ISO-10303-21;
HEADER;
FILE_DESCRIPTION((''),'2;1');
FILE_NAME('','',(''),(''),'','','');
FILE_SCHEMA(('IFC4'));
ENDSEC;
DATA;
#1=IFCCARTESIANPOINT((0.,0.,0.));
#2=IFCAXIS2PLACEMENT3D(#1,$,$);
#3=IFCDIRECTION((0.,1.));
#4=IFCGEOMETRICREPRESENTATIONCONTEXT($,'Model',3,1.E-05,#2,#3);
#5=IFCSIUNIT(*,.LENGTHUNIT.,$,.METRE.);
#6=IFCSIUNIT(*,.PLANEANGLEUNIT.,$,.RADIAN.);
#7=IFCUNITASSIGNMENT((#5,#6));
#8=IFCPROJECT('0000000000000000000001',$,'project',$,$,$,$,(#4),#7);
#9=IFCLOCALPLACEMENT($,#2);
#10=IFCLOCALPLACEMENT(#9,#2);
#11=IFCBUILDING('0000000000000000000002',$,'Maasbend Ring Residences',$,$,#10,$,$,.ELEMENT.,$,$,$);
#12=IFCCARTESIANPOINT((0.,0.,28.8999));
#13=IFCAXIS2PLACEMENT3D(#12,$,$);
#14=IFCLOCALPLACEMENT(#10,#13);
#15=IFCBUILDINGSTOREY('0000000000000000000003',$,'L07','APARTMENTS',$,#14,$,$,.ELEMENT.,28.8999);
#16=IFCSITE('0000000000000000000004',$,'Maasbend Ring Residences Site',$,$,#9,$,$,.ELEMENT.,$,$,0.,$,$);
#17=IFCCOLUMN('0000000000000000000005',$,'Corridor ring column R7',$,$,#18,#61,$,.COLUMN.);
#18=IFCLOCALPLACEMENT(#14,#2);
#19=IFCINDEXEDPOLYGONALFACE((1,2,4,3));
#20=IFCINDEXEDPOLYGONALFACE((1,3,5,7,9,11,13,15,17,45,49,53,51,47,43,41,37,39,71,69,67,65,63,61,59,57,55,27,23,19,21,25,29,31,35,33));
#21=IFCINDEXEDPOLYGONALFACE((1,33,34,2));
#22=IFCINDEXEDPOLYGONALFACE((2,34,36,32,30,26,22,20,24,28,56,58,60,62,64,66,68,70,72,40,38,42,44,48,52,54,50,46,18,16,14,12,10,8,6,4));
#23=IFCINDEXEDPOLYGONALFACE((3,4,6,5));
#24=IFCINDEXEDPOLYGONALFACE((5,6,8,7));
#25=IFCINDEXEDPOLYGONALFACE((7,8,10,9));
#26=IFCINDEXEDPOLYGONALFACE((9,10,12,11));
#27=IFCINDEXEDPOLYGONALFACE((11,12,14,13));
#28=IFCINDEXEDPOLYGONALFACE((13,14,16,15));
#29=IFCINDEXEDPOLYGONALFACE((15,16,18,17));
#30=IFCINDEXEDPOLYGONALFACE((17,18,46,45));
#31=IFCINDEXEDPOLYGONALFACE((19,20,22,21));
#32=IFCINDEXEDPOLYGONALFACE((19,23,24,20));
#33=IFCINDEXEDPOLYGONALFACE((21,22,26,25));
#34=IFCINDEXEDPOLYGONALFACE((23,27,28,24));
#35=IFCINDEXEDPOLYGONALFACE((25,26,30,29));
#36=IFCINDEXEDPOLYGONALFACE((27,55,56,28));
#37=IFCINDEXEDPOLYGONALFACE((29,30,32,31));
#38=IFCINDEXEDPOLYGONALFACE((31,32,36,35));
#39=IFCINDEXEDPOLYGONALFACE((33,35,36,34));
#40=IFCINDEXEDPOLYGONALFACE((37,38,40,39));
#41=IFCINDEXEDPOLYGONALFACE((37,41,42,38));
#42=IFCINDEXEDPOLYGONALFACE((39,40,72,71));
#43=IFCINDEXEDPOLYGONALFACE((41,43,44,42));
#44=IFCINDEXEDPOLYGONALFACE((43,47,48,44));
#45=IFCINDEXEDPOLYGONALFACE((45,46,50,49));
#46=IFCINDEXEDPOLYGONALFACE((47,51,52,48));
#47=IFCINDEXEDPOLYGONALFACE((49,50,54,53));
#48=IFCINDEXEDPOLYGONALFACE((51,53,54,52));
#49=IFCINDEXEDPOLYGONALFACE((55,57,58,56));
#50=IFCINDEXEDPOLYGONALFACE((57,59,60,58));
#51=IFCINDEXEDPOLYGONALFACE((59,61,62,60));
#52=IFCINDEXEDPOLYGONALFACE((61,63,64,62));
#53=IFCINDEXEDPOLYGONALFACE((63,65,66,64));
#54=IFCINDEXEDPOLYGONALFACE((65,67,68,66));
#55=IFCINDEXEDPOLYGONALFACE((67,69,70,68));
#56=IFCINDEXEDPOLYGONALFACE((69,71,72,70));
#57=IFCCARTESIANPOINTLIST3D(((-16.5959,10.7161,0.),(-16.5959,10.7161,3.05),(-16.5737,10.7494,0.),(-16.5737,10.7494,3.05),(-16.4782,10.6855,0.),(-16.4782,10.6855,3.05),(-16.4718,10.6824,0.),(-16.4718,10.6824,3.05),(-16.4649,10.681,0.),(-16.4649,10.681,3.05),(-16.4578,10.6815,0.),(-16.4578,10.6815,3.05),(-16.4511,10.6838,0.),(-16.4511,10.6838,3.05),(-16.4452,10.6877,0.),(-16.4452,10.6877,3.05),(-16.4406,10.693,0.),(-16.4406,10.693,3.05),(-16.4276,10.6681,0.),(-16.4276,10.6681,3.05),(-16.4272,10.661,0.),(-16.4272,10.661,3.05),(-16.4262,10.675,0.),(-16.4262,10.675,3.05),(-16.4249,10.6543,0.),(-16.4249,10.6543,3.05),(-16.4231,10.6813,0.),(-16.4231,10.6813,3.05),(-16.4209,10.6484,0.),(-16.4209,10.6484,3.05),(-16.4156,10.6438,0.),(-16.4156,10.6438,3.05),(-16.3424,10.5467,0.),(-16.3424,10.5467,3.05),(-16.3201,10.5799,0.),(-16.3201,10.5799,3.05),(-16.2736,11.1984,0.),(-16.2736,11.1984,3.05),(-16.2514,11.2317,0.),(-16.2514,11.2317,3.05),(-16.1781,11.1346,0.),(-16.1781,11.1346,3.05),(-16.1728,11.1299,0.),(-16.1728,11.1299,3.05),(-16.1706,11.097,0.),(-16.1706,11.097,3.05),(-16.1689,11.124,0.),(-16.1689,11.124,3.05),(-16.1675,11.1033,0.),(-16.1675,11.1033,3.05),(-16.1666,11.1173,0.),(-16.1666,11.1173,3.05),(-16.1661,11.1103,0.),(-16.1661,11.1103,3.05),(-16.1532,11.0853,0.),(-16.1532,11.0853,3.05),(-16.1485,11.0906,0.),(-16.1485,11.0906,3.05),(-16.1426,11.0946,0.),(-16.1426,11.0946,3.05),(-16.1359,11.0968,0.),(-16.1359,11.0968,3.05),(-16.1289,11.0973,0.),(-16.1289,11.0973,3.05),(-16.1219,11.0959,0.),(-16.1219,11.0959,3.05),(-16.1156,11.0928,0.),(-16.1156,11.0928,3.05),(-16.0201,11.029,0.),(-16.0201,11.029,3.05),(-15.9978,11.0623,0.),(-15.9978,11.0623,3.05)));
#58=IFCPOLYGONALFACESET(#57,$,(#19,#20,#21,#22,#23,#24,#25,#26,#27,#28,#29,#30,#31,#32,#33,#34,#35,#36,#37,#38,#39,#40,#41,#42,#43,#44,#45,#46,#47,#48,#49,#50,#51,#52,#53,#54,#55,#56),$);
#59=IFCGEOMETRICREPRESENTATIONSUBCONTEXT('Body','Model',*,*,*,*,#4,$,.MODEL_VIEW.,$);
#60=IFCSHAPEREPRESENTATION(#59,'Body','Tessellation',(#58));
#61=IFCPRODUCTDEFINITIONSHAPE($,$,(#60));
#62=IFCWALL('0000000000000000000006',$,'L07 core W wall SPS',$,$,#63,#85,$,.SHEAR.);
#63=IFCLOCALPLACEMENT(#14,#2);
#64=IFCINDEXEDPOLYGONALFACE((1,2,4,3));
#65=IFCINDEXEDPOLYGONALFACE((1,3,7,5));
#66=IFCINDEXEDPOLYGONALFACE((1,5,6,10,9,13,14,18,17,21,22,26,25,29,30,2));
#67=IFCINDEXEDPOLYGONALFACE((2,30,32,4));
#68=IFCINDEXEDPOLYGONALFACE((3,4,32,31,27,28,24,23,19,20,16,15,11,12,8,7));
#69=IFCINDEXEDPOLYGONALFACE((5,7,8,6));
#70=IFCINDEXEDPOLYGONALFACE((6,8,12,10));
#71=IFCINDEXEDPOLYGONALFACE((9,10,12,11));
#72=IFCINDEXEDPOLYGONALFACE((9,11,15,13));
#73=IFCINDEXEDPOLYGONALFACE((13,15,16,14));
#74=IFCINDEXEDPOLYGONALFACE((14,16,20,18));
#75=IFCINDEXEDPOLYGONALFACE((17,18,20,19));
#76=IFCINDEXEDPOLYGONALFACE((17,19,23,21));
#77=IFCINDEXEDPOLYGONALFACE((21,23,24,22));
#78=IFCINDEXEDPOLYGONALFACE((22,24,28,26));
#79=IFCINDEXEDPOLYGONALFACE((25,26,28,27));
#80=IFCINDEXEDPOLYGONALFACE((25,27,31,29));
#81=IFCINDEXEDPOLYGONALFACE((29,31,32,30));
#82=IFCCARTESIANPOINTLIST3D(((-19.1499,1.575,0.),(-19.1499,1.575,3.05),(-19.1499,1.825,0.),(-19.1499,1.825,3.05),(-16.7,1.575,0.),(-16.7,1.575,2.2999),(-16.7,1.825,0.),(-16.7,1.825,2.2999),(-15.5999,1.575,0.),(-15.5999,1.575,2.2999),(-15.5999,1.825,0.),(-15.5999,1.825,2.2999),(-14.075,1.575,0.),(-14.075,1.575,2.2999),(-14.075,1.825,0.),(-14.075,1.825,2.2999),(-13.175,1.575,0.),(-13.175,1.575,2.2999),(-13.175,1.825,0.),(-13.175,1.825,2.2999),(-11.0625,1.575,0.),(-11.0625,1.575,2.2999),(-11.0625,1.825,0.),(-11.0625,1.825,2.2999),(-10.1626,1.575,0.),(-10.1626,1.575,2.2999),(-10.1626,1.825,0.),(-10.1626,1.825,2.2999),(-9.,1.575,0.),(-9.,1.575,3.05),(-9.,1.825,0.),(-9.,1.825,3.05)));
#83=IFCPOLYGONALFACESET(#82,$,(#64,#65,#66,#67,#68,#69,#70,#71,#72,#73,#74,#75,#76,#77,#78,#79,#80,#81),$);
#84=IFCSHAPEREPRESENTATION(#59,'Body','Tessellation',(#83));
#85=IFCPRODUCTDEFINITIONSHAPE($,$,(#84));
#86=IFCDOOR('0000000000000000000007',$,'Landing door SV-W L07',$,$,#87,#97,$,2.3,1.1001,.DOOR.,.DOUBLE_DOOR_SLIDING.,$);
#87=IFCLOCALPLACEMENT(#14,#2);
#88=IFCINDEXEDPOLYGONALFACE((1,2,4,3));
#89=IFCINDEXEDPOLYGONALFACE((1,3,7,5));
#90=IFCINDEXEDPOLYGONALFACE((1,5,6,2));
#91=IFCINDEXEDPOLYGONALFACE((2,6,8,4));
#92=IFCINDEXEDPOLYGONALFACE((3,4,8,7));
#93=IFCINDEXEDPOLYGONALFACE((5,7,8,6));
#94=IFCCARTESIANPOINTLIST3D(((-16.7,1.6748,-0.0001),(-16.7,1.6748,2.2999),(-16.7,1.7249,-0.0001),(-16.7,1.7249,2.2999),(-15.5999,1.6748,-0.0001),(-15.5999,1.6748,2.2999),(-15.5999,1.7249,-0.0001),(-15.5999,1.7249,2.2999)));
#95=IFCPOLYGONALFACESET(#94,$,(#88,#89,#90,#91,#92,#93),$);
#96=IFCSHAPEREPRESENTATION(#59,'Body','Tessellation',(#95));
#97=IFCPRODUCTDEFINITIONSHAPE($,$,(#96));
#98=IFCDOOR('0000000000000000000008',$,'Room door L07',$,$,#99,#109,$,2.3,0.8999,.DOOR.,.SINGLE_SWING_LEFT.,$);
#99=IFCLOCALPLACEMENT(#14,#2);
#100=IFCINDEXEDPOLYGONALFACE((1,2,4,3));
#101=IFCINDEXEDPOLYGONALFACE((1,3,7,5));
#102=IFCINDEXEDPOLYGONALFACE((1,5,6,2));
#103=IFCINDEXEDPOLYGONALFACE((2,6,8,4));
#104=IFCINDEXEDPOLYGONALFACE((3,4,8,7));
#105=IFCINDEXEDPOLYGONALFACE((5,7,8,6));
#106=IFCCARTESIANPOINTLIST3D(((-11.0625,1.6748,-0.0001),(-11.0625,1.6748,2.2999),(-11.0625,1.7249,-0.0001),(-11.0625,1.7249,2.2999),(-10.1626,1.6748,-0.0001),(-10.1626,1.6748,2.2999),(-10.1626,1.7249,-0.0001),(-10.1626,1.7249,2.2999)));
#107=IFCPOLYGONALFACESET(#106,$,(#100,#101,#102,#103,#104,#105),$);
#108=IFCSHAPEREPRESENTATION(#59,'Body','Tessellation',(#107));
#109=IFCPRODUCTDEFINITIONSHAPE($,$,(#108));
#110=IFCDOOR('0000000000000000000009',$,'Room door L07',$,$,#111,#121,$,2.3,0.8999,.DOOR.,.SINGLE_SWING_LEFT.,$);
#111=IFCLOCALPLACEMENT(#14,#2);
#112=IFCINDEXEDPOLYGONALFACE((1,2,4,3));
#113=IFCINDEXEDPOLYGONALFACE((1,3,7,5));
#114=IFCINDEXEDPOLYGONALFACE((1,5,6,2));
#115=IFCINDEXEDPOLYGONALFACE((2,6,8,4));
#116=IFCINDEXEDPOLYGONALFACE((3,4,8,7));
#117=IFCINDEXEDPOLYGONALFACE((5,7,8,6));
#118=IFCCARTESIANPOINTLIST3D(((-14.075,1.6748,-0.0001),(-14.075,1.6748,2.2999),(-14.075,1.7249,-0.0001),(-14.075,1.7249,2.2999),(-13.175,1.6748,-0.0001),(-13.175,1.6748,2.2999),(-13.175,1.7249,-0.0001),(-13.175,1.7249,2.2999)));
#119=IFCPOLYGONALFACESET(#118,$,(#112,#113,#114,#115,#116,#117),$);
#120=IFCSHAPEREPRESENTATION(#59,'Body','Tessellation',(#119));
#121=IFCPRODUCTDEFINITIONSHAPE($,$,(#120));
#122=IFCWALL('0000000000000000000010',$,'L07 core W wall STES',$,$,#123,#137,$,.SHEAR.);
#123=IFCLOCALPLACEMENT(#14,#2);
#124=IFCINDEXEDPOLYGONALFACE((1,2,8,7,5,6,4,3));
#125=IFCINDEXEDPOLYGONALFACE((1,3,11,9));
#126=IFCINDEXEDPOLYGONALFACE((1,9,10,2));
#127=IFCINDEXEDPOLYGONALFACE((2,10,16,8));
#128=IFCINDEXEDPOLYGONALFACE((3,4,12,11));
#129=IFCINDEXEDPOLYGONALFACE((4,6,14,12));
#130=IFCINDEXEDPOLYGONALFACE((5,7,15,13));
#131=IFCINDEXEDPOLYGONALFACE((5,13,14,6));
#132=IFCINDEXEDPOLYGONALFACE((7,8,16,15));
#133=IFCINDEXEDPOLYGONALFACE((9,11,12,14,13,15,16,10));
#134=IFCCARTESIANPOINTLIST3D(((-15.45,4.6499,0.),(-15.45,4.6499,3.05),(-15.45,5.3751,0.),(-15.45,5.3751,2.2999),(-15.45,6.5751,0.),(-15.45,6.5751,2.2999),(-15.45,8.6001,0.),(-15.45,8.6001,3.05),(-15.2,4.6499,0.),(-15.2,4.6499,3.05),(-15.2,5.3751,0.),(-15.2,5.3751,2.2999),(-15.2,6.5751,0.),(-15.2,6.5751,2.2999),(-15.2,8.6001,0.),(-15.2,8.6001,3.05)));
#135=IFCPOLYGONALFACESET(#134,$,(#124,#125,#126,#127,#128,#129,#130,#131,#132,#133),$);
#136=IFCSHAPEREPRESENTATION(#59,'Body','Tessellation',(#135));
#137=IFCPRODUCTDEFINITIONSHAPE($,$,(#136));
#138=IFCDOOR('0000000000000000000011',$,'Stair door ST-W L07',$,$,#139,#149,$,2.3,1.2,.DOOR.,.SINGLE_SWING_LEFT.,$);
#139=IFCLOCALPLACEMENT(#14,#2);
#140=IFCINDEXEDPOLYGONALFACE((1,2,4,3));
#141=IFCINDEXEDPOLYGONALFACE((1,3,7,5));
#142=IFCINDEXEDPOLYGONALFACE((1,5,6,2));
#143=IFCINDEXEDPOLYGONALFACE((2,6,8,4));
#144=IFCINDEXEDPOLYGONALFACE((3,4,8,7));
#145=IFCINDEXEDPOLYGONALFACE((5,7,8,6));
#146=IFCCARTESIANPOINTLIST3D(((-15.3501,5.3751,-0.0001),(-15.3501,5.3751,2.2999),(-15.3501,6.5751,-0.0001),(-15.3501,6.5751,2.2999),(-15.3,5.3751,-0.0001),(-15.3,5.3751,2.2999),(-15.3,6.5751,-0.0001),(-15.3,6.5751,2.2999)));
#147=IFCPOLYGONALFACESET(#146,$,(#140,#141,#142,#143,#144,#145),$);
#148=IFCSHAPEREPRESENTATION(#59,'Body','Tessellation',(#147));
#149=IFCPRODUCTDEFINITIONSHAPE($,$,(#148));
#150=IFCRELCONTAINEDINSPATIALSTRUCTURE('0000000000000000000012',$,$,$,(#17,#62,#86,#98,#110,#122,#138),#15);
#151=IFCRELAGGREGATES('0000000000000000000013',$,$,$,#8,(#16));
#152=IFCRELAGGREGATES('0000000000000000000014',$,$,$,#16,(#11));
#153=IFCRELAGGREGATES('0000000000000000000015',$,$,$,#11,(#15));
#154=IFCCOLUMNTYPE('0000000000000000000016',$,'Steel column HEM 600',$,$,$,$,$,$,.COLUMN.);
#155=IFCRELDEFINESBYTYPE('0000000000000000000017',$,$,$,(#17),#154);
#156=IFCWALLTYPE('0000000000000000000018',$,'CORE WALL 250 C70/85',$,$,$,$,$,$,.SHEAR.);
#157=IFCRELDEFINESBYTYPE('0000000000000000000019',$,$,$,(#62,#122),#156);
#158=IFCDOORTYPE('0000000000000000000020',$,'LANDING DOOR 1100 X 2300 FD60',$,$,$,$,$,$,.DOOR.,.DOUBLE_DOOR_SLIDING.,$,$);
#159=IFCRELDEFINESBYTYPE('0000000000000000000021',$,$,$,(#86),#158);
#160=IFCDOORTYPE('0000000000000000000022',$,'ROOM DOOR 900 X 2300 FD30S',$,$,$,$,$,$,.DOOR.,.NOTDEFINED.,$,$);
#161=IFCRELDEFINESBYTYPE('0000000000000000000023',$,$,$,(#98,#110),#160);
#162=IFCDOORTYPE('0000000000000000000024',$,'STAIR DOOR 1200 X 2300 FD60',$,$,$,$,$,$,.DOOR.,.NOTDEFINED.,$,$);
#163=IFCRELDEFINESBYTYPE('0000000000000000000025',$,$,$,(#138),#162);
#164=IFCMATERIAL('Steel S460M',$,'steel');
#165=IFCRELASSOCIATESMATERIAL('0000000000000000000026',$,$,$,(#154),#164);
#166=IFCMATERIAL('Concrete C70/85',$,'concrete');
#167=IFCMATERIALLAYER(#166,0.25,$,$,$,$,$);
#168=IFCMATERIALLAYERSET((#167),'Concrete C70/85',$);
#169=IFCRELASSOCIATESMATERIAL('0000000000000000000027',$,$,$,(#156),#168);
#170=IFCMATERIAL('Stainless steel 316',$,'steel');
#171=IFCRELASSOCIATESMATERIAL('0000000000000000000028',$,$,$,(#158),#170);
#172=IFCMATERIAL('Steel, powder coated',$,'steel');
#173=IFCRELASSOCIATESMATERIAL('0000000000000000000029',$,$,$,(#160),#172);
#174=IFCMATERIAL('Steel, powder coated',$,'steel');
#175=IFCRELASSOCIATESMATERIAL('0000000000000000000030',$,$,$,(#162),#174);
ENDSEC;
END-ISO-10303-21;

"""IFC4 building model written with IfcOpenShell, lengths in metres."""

from ifc_helpers import new_model, si_unit, direction, frame, frame_2d, origin, origin_2d, place, context, subcontext, project, spatial, rectangle, i_section, extrude, material, layer, layer_set, material_profile, profile_set, type_object, element, fill, save


model = new_model("IFC4")

# Units and contexts
model_context = context("Model", 3, precision=1e-05, world=origin(), true_north=direction((0.0, 1.0)))
body_context = subcontext(model_context, "Body", "Model", "MODEL_VIEW")
ifc_project = project(units=[si_unit("LENGTHUNIT", "METRE"), si_unit("PLANEANGLEUNIT", "RADIAN")], contexts=[model_context])

# Site, building, storey
site_placement = place(None, origin())
site = spatial("IfcSite", under=ifc_project, at=site_placement, Name="Maasbend Ring Residences Site", CompositionType="ELEMENT", RefElevation=0.0)
building_placement = place(site_placement, origin())
building = spatial("IfcBuilding", under=site, at=building_placement, Name="Maasbend Ring Residences", CompositionType="ELEMENT")
storey_placement = place(building_placement, frame((0.0, 0.0, 28.8999)))
storey = spatial("IfcBuildingStorey", under=building, at=storey_placement, Name="L07", Description="APARTMENTS", CompositionType="ELEMENT", Elevation=28.8999)

# Column
ifc_material_1 = material(Name="Steel S460M", Category="steel")
ifc_material_profile = material_profile(ifc_material_1, i_section(OverallWidth=0.3049, OverallDepth=0.6201, WebThickness=0.021, FlangeThickness=0.04, FilletRadius=0.0271, at=origin_2d()), Name="HEM 600")
ifc_profile_set = profile_set([ifc_material_profile], Name="Steel S460M")
column_type = type_object("IfcColumnType", Name="Steel column HEM 600", PredefinedType="COLUMN", material=ifc_profile_set)
column_placement = place(storey_placement, frame((-16.2969, 10.8892, 0.0), z_axis=(0.0, 0.0, 1.0), x_axis=(-0.83147, 0.55557, 0.0)))
element("IfcColumn", 1, at=column_placement, inside=storey, type_object=column_type, Name="Corridor ring column R7", PredefinedType="COLUMN", context=body_context, shape_type="SweptSolid", body=[
    extrude(i_section(OverallWidth=0.3049, OverallDepth=0.6201, WebThickness=0.021, FlangeThickness=0.04, FilletRadius=0.0271, at=origin_2d()), origin(), (0.0, 0.0, 1.0), 3.05),
])

# Wall, openings, doors
ifc_material_2 = material(Name="Concrete C70/85", Category="concrete")
ifc_layer_1 = layer(ifc_material_2, 0.25)
ifc_layer_set_1 = layer_set([ifc_layer_1], Name="Concrete C70/85")
wall_type_1 = type_object("IfcWallType", Name="CORE WALL 250 C70/85", PredefinedType="SHEAR", material=ifc_layer_set_1)
wall_1_placement = place(storey_placement, frame((-19.1499, 1.7, 0.0), z_axis=(0.0, 0.0, 1.0), x_axis=(1.0, 0.0, 0.0)))
wall_1 = element("IfcWall", 2, at=wall_1_placement, inside=storey, type_object=wall_type_1, Name="L07 core W wall SPS", PredefinedType="SHEAR", context=body_context, shape_type="SweptSolid", body=[
    extrude(rectangle(XDim=10.1499, YDim=0.25, at=frame_2d((5.075, 0.0))), origin(), (0.0, 0.0, 1.0), 3.05),
])
opening_1_placement = place(wall_1_placement, frame((2.45, 0.0, 0.0)))
opening_1 = element("IfcOpeningElement", 3, at=opening_1_placement, cuts=wall_1, PredefinedType="OPENING", context=body_context, shape_type="SweptSolid", body=[
    extrude(rectangle(XDim=1.1001, YDim=2.3, at=frame_2d((0.55, 1.1499))), frame((0.0, 0.135, 0.0), z_axis=(0.0, -1.0, 0.0), x_axis=(1.0, 0.0, 0.0)), (0.0, 0.0, 1.0), 0.27),
])
opening_2_placement = place(wall_1_placement, frame((8.0874, 0.0, 0.0)))
opening_2 = element("IfcOpeningElement", 4, at=opening_2_placement, cuts=wall_1, PredefinedType="OPENING", context=body_context, shape_type="SweptSolid", body=[
    extrude(rectangle(XDim=0.8999, YDim=2.3, at=frame_2d((0.45, 1.1499))), frame((0.0, 0.135, 0.0), z_axis=(0.0, -1.0, 0.0), x_axis=(1.0, 0.0, 0.0)), (0.0, 0.0, 1.0), 0.27),
])
opening_3_placement = place(wall_1_placement, frame((5.075, 0.0, 0.0)))
opening_3 = element("IfcOpeningElement", 5, at=opening_3_placement, cuts=wall_1, PredefinedType="OPENING", context=body_context, shape_type="SweptSolid", body=[
    extrude(rectangle(XDim=0.8999, YDim=2.3, at=frame_2d((0.45, 1.1499))), frame((0.0, 0.135, 0.0), z_axis=(0.0, -1.0, 0.0), x_axis=(1.0, 0.0, 0.0)), (0.0, 0.0, 1.0), 0.27),
])
ifc_material_3 = material(Name="Stainless steel 316", Category="steel")
door_type_1 = type_object("IfcDoorType", Name="LANDING DOOR 1100 X 2300 FD60", OperationType="DOUBLE_DOOR_SLIDING", PredefinedType="DOOR", material=ifc_material_3)
door_1_placement = place(opening_1_placement, origin())
door_1 = element("IfcDoor", 6, at=door_1_placement, inside=storey, type_object=door_type_1, Name="Landing door SV-W L07", OperationType="DOUBLE_DOOR_SLIDING", OverallHeight=2.3, OverallWidth=1.1001, PredefinedType="DOOR", context=body_context, shape_type="SweptSolid", body=[
    extrude(rectangle(XDim=1.1001, YDim=2.3, at=frame_2d((0.55, 1.1499))), frame((0.0, 0.0249, 0.0), z_axis=(0.0, -1.0, 0.0), x_axis=(1.0, 0.0, 0.0)), (0.0, 0.0, 1.0), 0.05),
])
fill(opening_1, door_1)
ifc_material_4 = material(Name="Steel, powder coated", Category="steel")
door_type_2 = type_object("IfcDoorType", Name="ROOM DOOR 900 X 2300 FD30S", OperationType="NOTDEFINED", PredefinedType="DOOR", material=ifc_material_4)
door_2_placement = place(opening_2_placement, origin())
door_2 = element("IfcDoor", 7, at=door_2_placement, inside=storey, type_object=door_type_2, Name="Room door L07", OperationType="SINGLE_SWING_LEFT", OverallHeight=2.3, OverallWidth=0.8999, PredefinedType="DOOR", context=body_context, shape_type="SweptSolid", body=[
    extrude(rectangle(XDim=0.8999, YDim=2.3, at=frame_2d((0.45, 1.1499))), frame((0.0, 0.0249, 0.0), z_axis=(0.0, -1.0, 0.0), x_axis=(1.0, 0.0, 0.0)), (0.0, 0.0, 1.0), 0.05),
])
fill(opening_2, door_2)
door_3_placement = place(opening_3_placement, origin())
door_3 = element("IfcDoor", 8, at=door_3_placement, inside=storey, type_object=door_type_2, Name="Room door L07", OperationType="SINGLE_SWING_LEFT", OverallHeight=2.3, OverallWidth=0.8999, PredefinedType="DOOR", context=body_context, shape_type="SweptSolid", body=[
    extrude(rectangle(XDim=0.8999, YDim=2.3, at=frame_2d((0.45, 1.1499))), frame((0.0, 0.0249, 0.0), z_axis=(0.0, -1.0, 0.0), x_axis=(1.0, 0.0, 0.0)), (0.0, 0.0, 1.0), 0.05),
])
fill(opening_3, door_3)

# Wall, opening, door
wall_2_placement = place(storey_placement, frame((-15.325, 8.6001, 0.0), z_axis=(0.0, 0.0, 1.0), x_axis=(0.0, -1.0, 0.0)))
wall_2 = element("IfcWall", 9, at=wall_2_placement, inside=storey, type_object=wall_type_1, Name="L07 core W wall STES", PredefinedType="SHEAR", context=body_context, shape_type="SweptSolid", body=[
    extrude(rectangle(XDim=3.9502, YDim=0.25, at=frame_2d((1.9751, 0.0))), origin(), (0.0, 0.0, 1.0), 3.05),
])
opening_4_placement = place(wall_2_placement, frame((2.0249, 0.0, 0.0)))
opening_4 = element("IfcOpeningElement", 10, at=opening_4_placement, cuts=wall_2, PredefinedType="OPENING", context=body_context, shape_type="SweptSolid", body=[
    extrude(rectangle(XDim=1.2, YDim=2.3, at=frame_2d((0.6001, 1.1499))), frame((0.0, 0.135, 0.0), z_axis=(0.0, -1.0, 0.0), x_axis=(1.0, 0.0, 0.0)), (0.0, 0.0, 1.0), 0.27),
])
ifc_material_5 = material(Name="Steel, powder coated", Category="steel")
door_type_3 = type_object("IfcDoorType", Name="STAIR DOOR 1200 X 2300 FD60", OperationType="NOTDEFINED", PredefinedType="DOOR", material=ifc_material_5)
door_4_placement = place(opening_4_placement, origin())
door_4 = element("IfcDoor", 11, at=door_4_placement, inside=storey, type_object=door_type_3, Name="Stair door ST-W L07", OperationType="SINGLE_SWING_LEFT", OverallHeight=2.3, OverallWidth=1.2, PredefinedType="DOOR", context=body_context, shape_type="SweptSolid", body=[
    extrude(rectangle(XDim=1.2, YDim=2.3, at=frame_2d((0.6001, 1.1499))), frame((0.0, 0.0249, 0.0), z_axis=(0.0, -1.0, 0.0), x_axis=(1.0, 0.0, 0.0)), (0.0, 0.0, 1.0), 0.05),
])
fill(opening_4, door_4)

save(model, "model.ifc")
